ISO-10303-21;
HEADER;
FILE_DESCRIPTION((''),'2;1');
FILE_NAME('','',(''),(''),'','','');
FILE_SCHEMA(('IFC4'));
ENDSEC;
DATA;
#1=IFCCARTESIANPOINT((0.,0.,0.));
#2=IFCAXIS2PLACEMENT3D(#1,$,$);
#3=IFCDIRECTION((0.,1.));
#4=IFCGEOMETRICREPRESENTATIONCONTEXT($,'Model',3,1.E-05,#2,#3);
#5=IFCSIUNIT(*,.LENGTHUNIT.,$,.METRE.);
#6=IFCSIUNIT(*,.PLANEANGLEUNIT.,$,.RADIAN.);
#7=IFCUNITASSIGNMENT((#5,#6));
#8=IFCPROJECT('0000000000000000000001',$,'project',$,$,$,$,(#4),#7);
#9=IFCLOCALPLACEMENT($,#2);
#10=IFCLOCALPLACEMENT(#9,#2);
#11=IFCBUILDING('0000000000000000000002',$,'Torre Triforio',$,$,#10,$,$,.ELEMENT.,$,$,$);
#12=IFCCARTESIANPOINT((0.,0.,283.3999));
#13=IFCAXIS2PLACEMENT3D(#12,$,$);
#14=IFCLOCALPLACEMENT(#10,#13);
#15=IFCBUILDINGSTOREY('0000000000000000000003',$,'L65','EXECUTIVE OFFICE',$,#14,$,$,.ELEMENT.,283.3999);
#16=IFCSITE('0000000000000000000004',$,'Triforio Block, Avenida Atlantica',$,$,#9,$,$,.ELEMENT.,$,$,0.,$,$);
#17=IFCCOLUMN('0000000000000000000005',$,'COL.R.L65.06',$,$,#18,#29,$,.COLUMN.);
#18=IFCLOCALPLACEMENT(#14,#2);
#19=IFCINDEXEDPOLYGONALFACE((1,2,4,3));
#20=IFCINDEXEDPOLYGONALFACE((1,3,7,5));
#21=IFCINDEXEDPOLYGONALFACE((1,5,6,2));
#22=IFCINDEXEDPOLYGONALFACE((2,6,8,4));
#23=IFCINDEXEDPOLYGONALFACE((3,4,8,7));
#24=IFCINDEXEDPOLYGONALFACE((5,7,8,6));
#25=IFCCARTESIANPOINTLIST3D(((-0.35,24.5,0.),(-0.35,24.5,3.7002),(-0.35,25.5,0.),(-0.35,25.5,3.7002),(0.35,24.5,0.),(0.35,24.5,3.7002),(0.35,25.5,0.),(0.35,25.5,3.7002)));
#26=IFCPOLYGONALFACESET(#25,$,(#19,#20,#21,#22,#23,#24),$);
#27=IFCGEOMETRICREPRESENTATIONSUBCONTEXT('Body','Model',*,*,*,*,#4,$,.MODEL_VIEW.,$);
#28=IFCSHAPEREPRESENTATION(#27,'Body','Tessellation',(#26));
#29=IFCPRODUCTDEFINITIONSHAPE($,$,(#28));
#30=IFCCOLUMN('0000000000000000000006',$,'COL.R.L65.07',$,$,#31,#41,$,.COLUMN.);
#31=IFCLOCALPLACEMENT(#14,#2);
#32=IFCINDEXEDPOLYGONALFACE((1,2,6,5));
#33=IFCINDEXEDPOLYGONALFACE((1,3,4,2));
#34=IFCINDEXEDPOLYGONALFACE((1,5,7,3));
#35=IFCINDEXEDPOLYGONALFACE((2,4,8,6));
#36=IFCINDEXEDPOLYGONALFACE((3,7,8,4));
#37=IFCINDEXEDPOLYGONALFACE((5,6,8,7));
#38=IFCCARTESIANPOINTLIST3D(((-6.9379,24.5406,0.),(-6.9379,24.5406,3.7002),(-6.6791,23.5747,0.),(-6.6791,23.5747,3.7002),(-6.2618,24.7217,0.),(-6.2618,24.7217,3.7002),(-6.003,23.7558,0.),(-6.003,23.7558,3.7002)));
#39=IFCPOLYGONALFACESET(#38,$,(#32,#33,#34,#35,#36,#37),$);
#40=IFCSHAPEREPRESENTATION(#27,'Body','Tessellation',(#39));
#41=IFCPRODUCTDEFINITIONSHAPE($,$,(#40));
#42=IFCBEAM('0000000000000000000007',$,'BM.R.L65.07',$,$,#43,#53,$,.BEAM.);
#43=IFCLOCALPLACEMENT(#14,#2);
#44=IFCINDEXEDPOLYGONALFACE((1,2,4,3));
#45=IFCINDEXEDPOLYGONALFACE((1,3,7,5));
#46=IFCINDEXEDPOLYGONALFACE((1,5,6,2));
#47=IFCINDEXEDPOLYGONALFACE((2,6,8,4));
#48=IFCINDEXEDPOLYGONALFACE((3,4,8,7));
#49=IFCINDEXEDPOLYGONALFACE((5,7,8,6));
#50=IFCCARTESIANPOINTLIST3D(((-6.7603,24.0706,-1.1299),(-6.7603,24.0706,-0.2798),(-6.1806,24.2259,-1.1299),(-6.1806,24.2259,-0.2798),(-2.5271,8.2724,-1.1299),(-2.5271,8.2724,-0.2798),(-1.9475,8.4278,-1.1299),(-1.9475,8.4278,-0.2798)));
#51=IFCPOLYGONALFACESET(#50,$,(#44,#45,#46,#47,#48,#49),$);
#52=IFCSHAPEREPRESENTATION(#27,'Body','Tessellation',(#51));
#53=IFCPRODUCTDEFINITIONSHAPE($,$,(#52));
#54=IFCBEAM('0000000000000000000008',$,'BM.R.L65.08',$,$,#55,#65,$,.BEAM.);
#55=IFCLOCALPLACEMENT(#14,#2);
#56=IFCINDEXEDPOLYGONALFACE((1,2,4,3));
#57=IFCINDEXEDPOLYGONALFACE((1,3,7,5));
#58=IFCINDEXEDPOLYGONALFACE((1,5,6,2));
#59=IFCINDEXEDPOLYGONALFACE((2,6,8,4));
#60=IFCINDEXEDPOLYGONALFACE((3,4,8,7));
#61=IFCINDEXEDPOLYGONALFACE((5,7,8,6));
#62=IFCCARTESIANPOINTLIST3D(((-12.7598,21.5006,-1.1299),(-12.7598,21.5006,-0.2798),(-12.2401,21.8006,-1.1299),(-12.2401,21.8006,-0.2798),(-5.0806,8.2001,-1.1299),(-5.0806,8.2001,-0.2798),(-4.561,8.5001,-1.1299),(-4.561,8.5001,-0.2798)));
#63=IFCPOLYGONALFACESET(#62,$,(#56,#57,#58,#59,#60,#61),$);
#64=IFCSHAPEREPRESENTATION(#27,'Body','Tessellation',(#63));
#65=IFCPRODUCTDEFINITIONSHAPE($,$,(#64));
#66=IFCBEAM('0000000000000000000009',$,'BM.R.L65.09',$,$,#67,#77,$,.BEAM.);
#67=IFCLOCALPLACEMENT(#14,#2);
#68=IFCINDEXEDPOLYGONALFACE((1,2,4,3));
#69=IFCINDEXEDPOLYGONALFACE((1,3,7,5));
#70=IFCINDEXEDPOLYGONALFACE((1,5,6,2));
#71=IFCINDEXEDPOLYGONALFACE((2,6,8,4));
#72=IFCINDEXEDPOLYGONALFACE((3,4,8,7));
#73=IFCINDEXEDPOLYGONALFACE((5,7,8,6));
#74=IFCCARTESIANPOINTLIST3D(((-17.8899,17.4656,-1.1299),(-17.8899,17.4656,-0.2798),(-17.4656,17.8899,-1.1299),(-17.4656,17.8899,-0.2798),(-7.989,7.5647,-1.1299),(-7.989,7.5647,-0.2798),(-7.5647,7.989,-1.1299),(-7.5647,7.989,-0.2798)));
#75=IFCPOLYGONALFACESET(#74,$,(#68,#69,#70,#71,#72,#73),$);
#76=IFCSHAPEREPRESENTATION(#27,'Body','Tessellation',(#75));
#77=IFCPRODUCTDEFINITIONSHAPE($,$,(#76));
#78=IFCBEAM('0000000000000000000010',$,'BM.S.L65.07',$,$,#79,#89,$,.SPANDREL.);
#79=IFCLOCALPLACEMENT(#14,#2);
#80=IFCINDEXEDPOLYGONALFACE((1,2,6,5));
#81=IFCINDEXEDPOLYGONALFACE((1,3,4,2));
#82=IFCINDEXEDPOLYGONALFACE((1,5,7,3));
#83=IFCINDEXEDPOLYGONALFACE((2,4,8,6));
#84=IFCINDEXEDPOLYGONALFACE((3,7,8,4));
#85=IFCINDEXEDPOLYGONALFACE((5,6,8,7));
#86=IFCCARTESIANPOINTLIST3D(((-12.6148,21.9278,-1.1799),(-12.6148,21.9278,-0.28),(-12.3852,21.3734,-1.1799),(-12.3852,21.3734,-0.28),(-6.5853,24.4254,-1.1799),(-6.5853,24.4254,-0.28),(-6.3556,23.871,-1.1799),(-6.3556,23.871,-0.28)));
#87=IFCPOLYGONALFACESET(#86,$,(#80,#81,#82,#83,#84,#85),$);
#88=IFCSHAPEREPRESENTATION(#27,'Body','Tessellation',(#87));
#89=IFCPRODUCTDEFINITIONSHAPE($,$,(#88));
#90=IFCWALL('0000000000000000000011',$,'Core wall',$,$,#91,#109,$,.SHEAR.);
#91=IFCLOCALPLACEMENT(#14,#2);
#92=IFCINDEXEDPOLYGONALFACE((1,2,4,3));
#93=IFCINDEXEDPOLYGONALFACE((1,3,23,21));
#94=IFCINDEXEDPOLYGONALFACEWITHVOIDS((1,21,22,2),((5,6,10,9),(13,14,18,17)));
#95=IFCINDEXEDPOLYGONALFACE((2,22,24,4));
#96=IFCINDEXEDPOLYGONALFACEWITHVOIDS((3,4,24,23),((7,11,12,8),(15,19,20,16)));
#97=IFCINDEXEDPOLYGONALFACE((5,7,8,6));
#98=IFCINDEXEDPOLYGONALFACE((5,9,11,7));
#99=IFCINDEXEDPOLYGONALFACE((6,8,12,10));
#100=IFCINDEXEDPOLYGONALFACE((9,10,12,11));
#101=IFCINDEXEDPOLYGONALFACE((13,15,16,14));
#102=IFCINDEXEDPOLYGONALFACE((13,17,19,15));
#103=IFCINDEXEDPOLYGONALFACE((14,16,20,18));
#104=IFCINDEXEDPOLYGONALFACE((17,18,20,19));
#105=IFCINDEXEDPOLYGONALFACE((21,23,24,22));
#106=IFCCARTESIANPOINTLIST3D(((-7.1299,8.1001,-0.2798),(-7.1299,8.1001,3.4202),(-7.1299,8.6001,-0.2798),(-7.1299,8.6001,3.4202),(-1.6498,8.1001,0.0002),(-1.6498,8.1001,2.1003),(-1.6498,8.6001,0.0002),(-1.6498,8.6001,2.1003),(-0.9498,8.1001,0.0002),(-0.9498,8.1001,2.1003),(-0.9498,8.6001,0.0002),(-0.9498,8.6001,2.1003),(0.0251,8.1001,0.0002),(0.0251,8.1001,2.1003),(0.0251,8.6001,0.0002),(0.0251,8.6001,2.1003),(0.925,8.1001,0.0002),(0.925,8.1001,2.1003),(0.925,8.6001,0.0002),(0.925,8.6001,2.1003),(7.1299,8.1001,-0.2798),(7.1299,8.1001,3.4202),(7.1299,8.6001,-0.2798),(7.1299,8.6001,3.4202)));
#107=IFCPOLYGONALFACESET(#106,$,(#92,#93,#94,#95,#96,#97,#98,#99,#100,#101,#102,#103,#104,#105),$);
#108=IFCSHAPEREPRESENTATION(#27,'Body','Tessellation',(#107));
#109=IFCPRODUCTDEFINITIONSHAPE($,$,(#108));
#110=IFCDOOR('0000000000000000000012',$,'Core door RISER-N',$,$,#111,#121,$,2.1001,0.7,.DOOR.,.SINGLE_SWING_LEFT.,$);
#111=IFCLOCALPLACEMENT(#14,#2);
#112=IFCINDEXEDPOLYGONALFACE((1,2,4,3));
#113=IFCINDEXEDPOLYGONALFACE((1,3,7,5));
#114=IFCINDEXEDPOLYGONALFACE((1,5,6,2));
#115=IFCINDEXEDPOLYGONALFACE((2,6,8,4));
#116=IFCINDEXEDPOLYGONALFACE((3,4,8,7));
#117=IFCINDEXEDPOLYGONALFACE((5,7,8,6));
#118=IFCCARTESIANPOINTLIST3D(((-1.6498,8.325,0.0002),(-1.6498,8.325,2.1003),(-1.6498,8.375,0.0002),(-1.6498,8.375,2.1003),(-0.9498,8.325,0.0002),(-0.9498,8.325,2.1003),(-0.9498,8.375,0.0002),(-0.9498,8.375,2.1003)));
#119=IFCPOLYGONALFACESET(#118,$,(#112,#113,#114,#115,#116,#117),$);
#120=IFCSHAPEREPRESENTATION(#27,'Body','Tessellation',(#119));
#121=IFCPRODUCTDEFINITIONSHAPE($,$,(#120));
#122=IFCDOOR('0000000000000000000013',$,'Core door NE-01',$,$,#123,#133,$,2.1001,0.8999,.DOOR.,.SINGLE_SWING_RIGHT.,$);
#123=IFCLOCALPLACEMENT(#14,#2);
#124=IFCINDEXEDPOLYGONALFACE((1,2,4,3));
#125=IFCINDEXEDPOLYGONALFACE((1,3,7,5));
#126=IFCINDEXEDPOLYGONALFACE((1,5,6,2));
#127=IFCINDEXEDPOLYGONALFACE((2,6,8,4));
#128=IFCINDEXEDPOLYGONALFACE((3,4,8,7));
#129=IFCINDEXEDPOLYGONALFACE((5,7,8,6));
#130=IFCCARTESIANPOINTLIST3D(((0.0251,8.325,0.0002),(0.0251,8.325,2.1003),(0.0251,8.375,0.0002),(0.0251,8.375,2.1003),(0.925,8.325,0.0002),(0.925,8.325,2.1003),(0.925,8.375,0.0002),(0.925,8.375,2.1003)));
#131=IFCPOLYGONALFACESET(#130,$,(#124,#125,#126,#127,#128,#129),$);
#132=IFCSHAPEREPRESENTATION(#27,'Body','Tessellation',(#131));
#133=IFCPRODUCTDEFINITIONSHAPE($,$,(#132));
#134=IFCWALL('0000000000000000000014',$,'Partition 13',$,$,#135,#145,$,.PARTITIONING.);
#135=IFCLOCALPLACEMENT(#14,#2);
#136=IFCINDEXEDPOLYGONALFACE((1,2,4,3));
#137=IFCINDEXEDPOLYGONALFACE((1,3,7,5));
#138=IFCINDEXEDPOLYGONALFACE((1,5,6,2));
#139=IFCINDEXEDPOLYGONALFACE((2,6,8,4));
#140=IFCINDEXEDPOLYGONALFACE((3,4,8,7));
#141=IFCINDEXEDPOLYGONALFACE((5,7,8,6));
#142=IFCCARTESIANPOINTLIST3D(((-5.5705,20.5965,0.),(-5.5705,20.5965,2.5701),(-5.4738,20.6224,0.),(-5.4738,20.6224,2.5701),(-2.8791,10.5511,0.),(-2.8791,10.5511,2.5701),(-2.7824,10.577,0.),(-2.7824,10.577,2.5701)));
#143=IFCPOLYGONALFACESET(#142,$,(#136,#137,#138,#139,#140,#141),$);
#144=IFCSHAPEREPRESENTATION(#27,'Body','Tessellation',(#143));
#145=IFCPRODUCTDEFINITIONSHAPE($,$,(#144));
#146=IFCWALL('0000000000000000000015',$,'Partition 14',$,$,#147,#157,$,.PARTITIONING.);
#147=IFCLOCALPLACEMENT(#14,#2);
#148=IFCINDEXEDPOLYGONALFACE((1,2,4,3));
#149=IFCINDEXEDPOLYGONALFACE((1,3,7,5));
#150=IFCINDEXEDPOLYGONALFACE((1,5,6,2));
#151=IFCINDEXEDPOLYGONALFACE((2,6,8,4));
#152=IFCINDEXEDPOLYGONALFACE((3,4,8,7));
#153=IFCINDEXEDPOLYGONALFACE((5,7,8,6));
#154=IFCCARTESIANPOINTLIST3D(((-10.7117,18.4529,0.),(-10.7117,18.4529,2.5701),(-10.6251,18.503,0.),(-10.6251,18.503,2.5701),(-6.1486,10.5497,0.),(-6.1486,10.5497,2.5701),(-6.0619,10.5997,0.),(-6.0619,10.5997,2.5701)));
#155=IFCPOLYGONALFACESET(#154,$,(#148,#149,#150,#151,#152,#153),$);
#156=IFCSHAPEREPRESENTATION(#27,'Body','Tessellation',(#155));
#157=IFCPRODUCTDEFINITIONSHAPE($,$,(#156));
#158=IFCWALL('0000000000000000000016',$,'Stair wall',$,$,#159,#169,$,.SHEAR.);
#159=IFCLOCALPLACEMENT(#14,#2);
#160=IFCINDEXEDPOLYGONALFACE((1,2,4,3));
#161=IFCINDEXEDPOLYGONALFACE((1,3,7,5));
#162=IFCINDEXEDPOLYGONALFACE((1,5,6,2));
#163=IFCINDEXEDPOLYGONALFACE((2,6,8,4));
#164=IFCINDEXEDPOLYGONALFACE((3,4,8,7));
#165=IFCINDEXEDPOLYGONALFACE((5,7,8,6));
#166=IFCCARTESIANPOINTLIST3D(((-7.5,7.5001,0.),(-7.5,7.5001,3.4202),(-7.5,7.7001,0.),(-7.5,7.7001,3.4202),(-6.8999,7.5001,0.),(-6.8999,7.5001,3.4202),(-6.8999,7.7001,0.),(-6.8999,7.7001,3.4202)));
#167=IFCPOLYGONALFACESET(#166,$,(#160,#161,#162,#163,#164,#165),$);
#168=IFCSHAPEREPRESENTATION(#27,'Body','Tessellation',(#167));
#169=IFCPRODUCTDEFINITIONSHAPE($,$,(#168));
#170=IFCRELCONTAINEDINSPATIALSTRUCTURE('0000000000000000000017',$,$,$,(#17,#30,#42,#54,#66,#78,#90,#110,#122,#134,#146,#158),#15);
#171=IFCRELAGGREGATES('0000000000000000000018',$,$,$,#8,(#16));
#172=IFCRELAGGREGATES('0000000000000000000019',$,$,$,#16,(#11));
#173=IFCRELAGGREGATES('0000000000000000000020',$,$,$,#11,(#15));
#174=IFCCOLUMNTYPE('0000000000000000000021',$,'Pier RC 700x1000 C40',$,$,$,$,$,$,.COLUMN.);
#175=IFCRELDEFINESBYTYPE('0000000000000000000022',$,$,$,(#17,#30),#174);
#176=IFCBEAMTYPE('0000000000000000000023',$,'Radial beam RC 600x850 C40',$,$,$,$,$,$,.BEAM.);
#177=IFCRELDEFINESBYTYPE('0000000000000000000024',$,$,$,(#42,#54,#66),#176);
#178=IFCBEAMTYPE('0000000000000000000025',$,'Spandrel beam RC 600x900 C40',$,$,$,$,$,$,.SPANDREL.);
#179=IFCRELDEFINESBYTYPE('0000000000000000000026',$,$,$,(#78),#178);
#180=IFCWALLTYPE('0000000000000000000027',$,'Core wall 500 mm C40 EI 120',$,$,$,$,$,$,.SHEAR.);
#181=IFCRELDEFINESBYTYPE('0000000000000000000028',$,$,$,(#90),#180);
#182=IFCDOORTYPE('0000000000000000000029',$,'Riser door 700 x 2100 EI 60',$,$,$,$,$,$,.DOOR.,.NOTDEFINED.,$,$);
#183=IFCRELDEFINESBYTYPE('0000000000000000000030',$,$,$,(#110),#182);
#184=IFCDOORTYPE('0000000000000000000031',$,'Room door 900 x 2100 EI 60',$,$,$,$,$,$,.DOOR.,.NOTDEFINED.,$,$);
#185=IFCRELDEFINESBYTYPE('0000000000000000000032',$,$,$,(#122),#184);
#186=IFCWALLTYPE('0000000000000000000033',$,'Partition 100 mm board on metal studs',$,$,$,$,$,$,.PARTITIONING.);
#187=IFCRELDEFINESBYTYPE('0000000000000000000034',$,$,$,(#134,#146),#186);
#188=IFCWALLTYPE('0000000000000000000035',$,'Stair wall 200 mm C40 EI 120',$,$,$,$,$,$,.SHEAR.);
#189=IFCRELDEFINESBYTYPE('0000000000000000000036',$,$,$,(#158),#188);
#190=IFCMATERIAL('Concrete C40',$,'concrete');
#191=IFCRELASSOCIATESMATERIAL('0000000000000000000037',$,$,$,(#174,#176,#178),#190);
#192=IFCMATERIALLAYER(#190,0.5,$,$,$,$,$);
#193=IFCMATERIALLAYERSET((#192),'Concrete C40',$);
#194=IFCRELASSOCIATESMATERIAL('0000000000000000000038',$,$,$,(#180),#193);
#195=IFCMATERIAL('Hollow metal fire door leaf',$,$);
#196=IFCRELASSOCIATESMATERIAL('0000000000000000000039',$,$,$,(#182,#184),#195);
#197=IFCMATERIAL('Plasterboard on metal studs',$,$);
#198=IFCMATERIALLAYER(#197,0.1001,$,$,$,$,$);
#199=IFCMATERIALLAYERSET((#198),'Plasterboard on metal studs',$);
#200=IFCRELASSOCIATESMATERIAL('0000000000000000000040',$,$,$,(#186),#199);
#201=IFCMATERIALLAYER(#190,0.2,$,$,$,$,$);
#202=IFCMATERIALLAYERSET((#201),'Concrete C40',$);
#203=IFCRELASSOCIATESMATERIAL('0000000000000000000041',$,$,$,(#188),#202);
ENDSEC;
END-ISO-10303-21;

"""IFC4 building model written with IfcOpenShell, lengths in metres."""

from ifc_helpers import new_model, si_unit, direction, frame, frame_2d, origin, origin_2d, place, context, subcontext, project, spatial, rectangle, extrude, material, layer, layer_set, material_profile, profile_set, type_object, element, fill, save


model = new_model("IFC4")

# Units and contexts
model_context = context("Model", 3, precision=1e-05, world=origin(), true_north=direction((0.0, 1.0)))
body_context = subcontext(model_context, "Body", "Model", "MODEL_VIEW")
ifc_project = project(units=[si_unit("LENGTHUNIT", "METRE"), si_unit("PLANEANGLEUNIT", "RADIAN")], contexts=[model_context])

# Site, building, storey
site_placement = place(None, origin())
site = spatial("IfcSite", under=ifc_project, at=site_placement, Name="Triforio Block, Avenida Atlantica", CompositionType="ELEMENT", RefElevation=0.0)
building_placement = place(site_placement, origin())
building = spatial("IfcBuilding", under=site, at=building_placement, Name="Torre Triforio", CompositionType="ELEMENT")
storey_placement = place(building_placement, frame((0.0, 0.0, 283.3999)))
storey = spatial("IfcBuildingStorey", under=building, at=storey_placement, Name="L65", Description="EXECUTIVE OFFICE", CompositionType="ELEMENT", Elevation=283.3999)

# Columns
ifc_material_1 = material(Name="Concrete C40", Category="concrete")
ifc_material_profile_1 = material_profile(ifc_material_1, rectangle(XDim=0.7, YDim=1.0, at=origin_2d()), Name="RC 700x1000")
ifc_profile_set_1 = profile_set([ifc_material_profile_1], Name="Concrete C40")
column_type = type_object("IfcColumnType", Name="Pier RC 700x1000 C40", PredefinedType="COLUMN", material=ifc_profile_set_1)
for number, where, z_axis, x_axis, name in (
    (1, (0.0, 25.0, 0.0), (0.0, 0.0, 1.0), (-1.0, 0.0, 0.0), "COL.R.L65.06"),
    (2, (-6.4705, 24.1482, 0.0), (0.0, 0.0, 1.0), (-0.965926, -0.258819, 0.0), "COL.R.L65.07"),
):
    element("IfcColumn", number, at=place(storey_placement, frame(where, z_axis=z_axis, x_axis=x_axis)), inside=storey, type_object=column_type, Name=name, PredefinedType="COLUMN", context=body_context, shape_type="SweptSolid", body=[
        extrude(rectangle(XDim=0.7, YDim=1.0, at=origin_2d()), origin(), (0.0, 0.0, 1.0), 3.7002),
    ])

# Beams
ifc_material_profile_2 = material_profile(ifc_material_1, rectangle(XDim=0.6001, YDim=0.8501, at=origin_2d()), Name="RC 600x850")
ifc_profile_set_2 = profile_set([ifc_material_profile_2], Name="Concrete C40")
beam_type_1 = type_object("IfcBeamType", Name="Radial beam RC 600x850 C40", PredefinedType="BEAM", material=ifc_profile_set_2)
beam_1_placement = place(storey_placement, frame((-2.2373, 8.3501, -0.7048), z_axis=(-0.258823, 0.965925, 0.0), x_axis=(-0.965925, -0.258823, 0.0)))
element("IfcBeam", 3, at=beam_1_placement, inside=storey, type_object=beam_type_1, Name="BM.R.L65.07", PredefinedType="BEAM", context=body_context, shape_type="SweptSolid", body=[
    extrude(rectangle(XDim=0.6001, YDim=0.8501, at=origin_2d()), origin(), (0.0, 0.0, 1.0), 16.3555),
])
beam_2_placement = place(storey_placement, frame((-4.8208, 8.3501, -0.7048), z_axis=(-0.500006, 0.866022, 0.0), x_axis=(-0.866022, -0.500006, 0.0)))
element("IfcBeam", 4, at=beam_2_placement, inside=storey, type_object=beam_type_1, Name="BM.R.L65.08", PredefinedType="BEAM", context=body_context, shape_type="SweptSolid", body=[
    extrude(rectangle(XDim=0.6001, YDim=0.8501, at=origin_2d()), origin(), (0.0, 0.0, 1.0), 15.3582),
])
beam_3_placement = place(storey_placement, frame((-7.7769, 7.7769, -0.7048), z_axis=(-0.707107, 0.707107, 0.0), x_axis=(-0.707107, -0.707107, 0.0)))
element("IfcBeam", 5, at=beam_3_placement, inside=storey, type_object=beam_type_1, Name="BM.R.L65.09", PredefinedType="BEAM", context=body_context, shape_type="SweptSolid", body=[
    extrude(rectangle(XDim=0.6001, YDim=0.8501, at=origin_2d()), origin(), (0.0, 0.0, 1.0), 14.002),
])
ifc_material_profile_3 = material_profile(ifc_material_1, rectangle(XDim=0.6001, YDim=0.8999, at=origin_2d()), Name="RC 600x900")
ifc_profile_set_3 = profile_set([ifc_material_profile_3], Name="Concrete C40")
beam_type_2 = type_object("IfcBeamType", Name="Spandrel beam RC 600x900 C40", PredefinedType="SPANDREL", material=ifc_profile_set_3)
beam_4_placement = place(storey_placement, frame((-6.4705, 24.1482, -0.73), z_axis=(-0.923877, -0.382689, 0.0), x_axis=(0.382689, -0.923877, 0.0)))
element("IfcBeam", 6, at=beam_4_placement, inside=storey, type_object=beam_type_2, Name="BM.S.L65.07", PredefinedType="SPANDREL", context=body_context, shape_type="SweptSolid", body=[
    extrude(rectangle(XDim=0.6001, YDim=0.8999, at=origin_2d()), origin(), (0.0, 0.0, 1.0), 6.5264),
])

# Wall, openings, doors
ifc_layer_1 = layer(ifc_material_1, 0.5)
ifc_layer_set_1 = layer_set([ifc_layer_1], Name="Concrete C40")
wall_type_1 = type_object("IfcWallType", Name="Core wall 500 mm C40 EI 120", PredefinedType="SHEAR", material=ifc_layer_set_1)
wall_1_placement = place(storey_placement, frame((-7.1299, 8.3501, -0.2798), z_axis=(0.0, 0.0, 1.0), x_axis=(1.0, 0.0, 0.0)))
wall_1 = element("IfcWall", 7, at=wall_1_placement, inside=storey, type_object=wall_type_1, Name="Core wall", PredefinedType="SHEAR", context=body_context, shape_type="SweptSolid", body=[
    extrude(rectangle(XDim=14.2598, YDim=0.5, at=frame_2d((7.1299, 0.0))), origin(), (0.0, 0.0, 1.0), 3.7),
])
opening_1_placement = place(wall_1_placement, frame((5.48, 0.0, 0.28)))
opening_1 = element("IfcOpeningElement", 8, at=opening_1_placement, cuts=wall_1, PredefinedType="OPENING", context=body_context, shape_type="SweptSolid", body=[
    extrude(rectangle(XDim=0.7, YDim=2.1001, at=frame_2d((0.3501, 1.05))), frame((0.0, 0.26, 0.0), z_axis=(0.0, -1.0, 0.0), x_axis=(1.0, 0.0, 0.0)), (0.0, 0.0, 1.0), 0.52),
])
opening_2_placement = place(wall_1_placement, frame((7.155, 0.0, 0.28)))
opening_2 = element("IfcOpeningElement", 9, at=opening_2_placement, cuts=wall_1, PredefinedType="OPENING", context=body_context, shape_type="SweptSolid", body=[
    extrude(rectangle(XDim=0.8999, YDim=2.1001, at=frame_2d((0.45, 1.05))), frame((0.0, 0.26, 0.0), z_axis=(0.0, -1.0, 0.0), x_axis=(1.0, 0.0, 0.0)), (0.0, 0.0, 1.0), 0.52),
])
ifc_material_2 = material(Name="Hollow metal fire door leaf")
door_type_1 = type_object("IfcDoorType", Name="Riser door 700 x 2100 EI 60", OperationType="NOTDEFINED", PredefinedType="DOOR", material=ifc_material_2)
door_1_placement = place(opening_1_placement, origin())
door_1 = element("IfcDoor", 10, at=door_1_placement, inside=storey, type_object=door_type_1, Name="Core door RISER-N", OperationType="SINGLE_SWING_LEFT", OverallHeight=2.1001, OverallWidth=0.7, PredefinedType="DOOR", context=body_context, shape_type="SweptSolid", body=[
    extrude(rectangle(XDim=0.7, YDim=2.1001, at=frame_2d((0.3501, 1.05))), frame((0.0, 0.0249, 0.0), z_axis=(0.0, -1.0, 0.0), x_axis=(1.0, 0.0, 0.0)), (0.0, 0.0, 1.0), 0.05),
])
fill(opening_1, door_1)
door_type_2 = type_object("IfcDoorType", Name="Room door 900 x 2100 EI 60", OperationType="NOTDEFINED", PredefinedType="DOOR", material=ifc_material_2)
door_2_placement = place(opening_2_placement, origin())
door_2 = element("IfcDoor", 11, at=door_2_placement, inside=storey, type_object=door_type_2, Name="Core door NE-01", OperationType="SINGLE_SWING_RIGHT", OverallHeight=2.1001, OverallWidth=0.8999, PredefinedType="DOOR", context=body_context, shape_type="SweptSolid", body=[
    extrude(rectangle(XDim=0.8999, YDim=2.1001, at=frame_2d((0.45, 1.05))), frame((0.0, 0.0249, 0.0), z_axis=(0.0, -1.0, 0.0), x_axis=(1.0, 0.0, 0.0)), (0.0, 0.0, 1.0), 0.05),
])
fill(opening_2, door_2)

# Walls
ifc_material_3 = material(Name="Plasterboard on metal studs")
ifc_layer_2 = layer(ifc_material_3, 0.1001)
ifc_layer_set_2 = layer_set([ifc_layer_2], Name="Plasterboard on metal studs")
wall_type_2 = type_object("IfcWallType", Name="Partition 100 mm board on metal studs", PredefinedType="PARTITIONING", material=ifc_layer_set_2)
wall_2_placement = place(storey_placement, frame((-2.8308, 10.5642, 0.0), z_axis=(0.0, 0.0, 1.0), x_axis=(-0.258796, 0.965932, 0.0)))
element("IfcWall", 12, at=wall_2_placement, inside=storey, type_object=wall_type_2, Name="Partition 13", PredefinedType="PARTITIONING", context=body_context, shape_type="SweptSolid", body=[
    extrude(rectangle(XDim=10.3997, YDim=0.1001, at=frame_2d((5.1997, 0.0))), origin(), (0.0, 0.0, 1.0), 2.5701),
])
wall_3_placement = place(storey_placement, frame((-6.1052, 10.5747, 0.0), z_axis=(0.0, 0.0, 1.0), x_axis=(-0.50002, 0.866014, 0.0)))
element("IfcWall", 13, at=wall_3_placement, inside=storey, type_object=wall_type_2, Name="Partition 14", PredefinedType="PARTITIONING", context=body_context, shape_type="SweptSolid", body=[
    extrude(rectangle(XDim=9.126, YDim=0.1001, at=frame_2d((4.563, 0.0))), origin(), (0.0, 0.0, 1.0), 2.5701),
])
ifc_layer_3 = layer(ifc_material_1, 0.2)
ifc_layer_set_3 = layer_set([ifc_layer_3], Name="Concrete C40")
wall_type_3 = type_object("IfcWallType", Name="Stair wall 200 mm C40 EI 120", PredefinedType="SHEAR", material=ifc_layer_set_3)
wall_4_placement = place(storey_placement, frame((-7.5, 7.6001, 0.0), z_axis=(0.0, 0.0, 1.0), x_axis=(1.0, 0.0, 0.0)))
element("IfcWall", 14, at=wall_4_placement, inside=storey, type_object=wall_type_3, Name="Stair wall", PredefinedType="SHEAR", context=body_context, shape_type="SweptSolid", body=[
    extrude(rectangle(XDim=0.6001, YDim=0.2, at=frame_2d((0.3, 0.0))), origin(), (0.0, 0.0, 1.0), 3.4202),
])

save(model, "model.ifc")
